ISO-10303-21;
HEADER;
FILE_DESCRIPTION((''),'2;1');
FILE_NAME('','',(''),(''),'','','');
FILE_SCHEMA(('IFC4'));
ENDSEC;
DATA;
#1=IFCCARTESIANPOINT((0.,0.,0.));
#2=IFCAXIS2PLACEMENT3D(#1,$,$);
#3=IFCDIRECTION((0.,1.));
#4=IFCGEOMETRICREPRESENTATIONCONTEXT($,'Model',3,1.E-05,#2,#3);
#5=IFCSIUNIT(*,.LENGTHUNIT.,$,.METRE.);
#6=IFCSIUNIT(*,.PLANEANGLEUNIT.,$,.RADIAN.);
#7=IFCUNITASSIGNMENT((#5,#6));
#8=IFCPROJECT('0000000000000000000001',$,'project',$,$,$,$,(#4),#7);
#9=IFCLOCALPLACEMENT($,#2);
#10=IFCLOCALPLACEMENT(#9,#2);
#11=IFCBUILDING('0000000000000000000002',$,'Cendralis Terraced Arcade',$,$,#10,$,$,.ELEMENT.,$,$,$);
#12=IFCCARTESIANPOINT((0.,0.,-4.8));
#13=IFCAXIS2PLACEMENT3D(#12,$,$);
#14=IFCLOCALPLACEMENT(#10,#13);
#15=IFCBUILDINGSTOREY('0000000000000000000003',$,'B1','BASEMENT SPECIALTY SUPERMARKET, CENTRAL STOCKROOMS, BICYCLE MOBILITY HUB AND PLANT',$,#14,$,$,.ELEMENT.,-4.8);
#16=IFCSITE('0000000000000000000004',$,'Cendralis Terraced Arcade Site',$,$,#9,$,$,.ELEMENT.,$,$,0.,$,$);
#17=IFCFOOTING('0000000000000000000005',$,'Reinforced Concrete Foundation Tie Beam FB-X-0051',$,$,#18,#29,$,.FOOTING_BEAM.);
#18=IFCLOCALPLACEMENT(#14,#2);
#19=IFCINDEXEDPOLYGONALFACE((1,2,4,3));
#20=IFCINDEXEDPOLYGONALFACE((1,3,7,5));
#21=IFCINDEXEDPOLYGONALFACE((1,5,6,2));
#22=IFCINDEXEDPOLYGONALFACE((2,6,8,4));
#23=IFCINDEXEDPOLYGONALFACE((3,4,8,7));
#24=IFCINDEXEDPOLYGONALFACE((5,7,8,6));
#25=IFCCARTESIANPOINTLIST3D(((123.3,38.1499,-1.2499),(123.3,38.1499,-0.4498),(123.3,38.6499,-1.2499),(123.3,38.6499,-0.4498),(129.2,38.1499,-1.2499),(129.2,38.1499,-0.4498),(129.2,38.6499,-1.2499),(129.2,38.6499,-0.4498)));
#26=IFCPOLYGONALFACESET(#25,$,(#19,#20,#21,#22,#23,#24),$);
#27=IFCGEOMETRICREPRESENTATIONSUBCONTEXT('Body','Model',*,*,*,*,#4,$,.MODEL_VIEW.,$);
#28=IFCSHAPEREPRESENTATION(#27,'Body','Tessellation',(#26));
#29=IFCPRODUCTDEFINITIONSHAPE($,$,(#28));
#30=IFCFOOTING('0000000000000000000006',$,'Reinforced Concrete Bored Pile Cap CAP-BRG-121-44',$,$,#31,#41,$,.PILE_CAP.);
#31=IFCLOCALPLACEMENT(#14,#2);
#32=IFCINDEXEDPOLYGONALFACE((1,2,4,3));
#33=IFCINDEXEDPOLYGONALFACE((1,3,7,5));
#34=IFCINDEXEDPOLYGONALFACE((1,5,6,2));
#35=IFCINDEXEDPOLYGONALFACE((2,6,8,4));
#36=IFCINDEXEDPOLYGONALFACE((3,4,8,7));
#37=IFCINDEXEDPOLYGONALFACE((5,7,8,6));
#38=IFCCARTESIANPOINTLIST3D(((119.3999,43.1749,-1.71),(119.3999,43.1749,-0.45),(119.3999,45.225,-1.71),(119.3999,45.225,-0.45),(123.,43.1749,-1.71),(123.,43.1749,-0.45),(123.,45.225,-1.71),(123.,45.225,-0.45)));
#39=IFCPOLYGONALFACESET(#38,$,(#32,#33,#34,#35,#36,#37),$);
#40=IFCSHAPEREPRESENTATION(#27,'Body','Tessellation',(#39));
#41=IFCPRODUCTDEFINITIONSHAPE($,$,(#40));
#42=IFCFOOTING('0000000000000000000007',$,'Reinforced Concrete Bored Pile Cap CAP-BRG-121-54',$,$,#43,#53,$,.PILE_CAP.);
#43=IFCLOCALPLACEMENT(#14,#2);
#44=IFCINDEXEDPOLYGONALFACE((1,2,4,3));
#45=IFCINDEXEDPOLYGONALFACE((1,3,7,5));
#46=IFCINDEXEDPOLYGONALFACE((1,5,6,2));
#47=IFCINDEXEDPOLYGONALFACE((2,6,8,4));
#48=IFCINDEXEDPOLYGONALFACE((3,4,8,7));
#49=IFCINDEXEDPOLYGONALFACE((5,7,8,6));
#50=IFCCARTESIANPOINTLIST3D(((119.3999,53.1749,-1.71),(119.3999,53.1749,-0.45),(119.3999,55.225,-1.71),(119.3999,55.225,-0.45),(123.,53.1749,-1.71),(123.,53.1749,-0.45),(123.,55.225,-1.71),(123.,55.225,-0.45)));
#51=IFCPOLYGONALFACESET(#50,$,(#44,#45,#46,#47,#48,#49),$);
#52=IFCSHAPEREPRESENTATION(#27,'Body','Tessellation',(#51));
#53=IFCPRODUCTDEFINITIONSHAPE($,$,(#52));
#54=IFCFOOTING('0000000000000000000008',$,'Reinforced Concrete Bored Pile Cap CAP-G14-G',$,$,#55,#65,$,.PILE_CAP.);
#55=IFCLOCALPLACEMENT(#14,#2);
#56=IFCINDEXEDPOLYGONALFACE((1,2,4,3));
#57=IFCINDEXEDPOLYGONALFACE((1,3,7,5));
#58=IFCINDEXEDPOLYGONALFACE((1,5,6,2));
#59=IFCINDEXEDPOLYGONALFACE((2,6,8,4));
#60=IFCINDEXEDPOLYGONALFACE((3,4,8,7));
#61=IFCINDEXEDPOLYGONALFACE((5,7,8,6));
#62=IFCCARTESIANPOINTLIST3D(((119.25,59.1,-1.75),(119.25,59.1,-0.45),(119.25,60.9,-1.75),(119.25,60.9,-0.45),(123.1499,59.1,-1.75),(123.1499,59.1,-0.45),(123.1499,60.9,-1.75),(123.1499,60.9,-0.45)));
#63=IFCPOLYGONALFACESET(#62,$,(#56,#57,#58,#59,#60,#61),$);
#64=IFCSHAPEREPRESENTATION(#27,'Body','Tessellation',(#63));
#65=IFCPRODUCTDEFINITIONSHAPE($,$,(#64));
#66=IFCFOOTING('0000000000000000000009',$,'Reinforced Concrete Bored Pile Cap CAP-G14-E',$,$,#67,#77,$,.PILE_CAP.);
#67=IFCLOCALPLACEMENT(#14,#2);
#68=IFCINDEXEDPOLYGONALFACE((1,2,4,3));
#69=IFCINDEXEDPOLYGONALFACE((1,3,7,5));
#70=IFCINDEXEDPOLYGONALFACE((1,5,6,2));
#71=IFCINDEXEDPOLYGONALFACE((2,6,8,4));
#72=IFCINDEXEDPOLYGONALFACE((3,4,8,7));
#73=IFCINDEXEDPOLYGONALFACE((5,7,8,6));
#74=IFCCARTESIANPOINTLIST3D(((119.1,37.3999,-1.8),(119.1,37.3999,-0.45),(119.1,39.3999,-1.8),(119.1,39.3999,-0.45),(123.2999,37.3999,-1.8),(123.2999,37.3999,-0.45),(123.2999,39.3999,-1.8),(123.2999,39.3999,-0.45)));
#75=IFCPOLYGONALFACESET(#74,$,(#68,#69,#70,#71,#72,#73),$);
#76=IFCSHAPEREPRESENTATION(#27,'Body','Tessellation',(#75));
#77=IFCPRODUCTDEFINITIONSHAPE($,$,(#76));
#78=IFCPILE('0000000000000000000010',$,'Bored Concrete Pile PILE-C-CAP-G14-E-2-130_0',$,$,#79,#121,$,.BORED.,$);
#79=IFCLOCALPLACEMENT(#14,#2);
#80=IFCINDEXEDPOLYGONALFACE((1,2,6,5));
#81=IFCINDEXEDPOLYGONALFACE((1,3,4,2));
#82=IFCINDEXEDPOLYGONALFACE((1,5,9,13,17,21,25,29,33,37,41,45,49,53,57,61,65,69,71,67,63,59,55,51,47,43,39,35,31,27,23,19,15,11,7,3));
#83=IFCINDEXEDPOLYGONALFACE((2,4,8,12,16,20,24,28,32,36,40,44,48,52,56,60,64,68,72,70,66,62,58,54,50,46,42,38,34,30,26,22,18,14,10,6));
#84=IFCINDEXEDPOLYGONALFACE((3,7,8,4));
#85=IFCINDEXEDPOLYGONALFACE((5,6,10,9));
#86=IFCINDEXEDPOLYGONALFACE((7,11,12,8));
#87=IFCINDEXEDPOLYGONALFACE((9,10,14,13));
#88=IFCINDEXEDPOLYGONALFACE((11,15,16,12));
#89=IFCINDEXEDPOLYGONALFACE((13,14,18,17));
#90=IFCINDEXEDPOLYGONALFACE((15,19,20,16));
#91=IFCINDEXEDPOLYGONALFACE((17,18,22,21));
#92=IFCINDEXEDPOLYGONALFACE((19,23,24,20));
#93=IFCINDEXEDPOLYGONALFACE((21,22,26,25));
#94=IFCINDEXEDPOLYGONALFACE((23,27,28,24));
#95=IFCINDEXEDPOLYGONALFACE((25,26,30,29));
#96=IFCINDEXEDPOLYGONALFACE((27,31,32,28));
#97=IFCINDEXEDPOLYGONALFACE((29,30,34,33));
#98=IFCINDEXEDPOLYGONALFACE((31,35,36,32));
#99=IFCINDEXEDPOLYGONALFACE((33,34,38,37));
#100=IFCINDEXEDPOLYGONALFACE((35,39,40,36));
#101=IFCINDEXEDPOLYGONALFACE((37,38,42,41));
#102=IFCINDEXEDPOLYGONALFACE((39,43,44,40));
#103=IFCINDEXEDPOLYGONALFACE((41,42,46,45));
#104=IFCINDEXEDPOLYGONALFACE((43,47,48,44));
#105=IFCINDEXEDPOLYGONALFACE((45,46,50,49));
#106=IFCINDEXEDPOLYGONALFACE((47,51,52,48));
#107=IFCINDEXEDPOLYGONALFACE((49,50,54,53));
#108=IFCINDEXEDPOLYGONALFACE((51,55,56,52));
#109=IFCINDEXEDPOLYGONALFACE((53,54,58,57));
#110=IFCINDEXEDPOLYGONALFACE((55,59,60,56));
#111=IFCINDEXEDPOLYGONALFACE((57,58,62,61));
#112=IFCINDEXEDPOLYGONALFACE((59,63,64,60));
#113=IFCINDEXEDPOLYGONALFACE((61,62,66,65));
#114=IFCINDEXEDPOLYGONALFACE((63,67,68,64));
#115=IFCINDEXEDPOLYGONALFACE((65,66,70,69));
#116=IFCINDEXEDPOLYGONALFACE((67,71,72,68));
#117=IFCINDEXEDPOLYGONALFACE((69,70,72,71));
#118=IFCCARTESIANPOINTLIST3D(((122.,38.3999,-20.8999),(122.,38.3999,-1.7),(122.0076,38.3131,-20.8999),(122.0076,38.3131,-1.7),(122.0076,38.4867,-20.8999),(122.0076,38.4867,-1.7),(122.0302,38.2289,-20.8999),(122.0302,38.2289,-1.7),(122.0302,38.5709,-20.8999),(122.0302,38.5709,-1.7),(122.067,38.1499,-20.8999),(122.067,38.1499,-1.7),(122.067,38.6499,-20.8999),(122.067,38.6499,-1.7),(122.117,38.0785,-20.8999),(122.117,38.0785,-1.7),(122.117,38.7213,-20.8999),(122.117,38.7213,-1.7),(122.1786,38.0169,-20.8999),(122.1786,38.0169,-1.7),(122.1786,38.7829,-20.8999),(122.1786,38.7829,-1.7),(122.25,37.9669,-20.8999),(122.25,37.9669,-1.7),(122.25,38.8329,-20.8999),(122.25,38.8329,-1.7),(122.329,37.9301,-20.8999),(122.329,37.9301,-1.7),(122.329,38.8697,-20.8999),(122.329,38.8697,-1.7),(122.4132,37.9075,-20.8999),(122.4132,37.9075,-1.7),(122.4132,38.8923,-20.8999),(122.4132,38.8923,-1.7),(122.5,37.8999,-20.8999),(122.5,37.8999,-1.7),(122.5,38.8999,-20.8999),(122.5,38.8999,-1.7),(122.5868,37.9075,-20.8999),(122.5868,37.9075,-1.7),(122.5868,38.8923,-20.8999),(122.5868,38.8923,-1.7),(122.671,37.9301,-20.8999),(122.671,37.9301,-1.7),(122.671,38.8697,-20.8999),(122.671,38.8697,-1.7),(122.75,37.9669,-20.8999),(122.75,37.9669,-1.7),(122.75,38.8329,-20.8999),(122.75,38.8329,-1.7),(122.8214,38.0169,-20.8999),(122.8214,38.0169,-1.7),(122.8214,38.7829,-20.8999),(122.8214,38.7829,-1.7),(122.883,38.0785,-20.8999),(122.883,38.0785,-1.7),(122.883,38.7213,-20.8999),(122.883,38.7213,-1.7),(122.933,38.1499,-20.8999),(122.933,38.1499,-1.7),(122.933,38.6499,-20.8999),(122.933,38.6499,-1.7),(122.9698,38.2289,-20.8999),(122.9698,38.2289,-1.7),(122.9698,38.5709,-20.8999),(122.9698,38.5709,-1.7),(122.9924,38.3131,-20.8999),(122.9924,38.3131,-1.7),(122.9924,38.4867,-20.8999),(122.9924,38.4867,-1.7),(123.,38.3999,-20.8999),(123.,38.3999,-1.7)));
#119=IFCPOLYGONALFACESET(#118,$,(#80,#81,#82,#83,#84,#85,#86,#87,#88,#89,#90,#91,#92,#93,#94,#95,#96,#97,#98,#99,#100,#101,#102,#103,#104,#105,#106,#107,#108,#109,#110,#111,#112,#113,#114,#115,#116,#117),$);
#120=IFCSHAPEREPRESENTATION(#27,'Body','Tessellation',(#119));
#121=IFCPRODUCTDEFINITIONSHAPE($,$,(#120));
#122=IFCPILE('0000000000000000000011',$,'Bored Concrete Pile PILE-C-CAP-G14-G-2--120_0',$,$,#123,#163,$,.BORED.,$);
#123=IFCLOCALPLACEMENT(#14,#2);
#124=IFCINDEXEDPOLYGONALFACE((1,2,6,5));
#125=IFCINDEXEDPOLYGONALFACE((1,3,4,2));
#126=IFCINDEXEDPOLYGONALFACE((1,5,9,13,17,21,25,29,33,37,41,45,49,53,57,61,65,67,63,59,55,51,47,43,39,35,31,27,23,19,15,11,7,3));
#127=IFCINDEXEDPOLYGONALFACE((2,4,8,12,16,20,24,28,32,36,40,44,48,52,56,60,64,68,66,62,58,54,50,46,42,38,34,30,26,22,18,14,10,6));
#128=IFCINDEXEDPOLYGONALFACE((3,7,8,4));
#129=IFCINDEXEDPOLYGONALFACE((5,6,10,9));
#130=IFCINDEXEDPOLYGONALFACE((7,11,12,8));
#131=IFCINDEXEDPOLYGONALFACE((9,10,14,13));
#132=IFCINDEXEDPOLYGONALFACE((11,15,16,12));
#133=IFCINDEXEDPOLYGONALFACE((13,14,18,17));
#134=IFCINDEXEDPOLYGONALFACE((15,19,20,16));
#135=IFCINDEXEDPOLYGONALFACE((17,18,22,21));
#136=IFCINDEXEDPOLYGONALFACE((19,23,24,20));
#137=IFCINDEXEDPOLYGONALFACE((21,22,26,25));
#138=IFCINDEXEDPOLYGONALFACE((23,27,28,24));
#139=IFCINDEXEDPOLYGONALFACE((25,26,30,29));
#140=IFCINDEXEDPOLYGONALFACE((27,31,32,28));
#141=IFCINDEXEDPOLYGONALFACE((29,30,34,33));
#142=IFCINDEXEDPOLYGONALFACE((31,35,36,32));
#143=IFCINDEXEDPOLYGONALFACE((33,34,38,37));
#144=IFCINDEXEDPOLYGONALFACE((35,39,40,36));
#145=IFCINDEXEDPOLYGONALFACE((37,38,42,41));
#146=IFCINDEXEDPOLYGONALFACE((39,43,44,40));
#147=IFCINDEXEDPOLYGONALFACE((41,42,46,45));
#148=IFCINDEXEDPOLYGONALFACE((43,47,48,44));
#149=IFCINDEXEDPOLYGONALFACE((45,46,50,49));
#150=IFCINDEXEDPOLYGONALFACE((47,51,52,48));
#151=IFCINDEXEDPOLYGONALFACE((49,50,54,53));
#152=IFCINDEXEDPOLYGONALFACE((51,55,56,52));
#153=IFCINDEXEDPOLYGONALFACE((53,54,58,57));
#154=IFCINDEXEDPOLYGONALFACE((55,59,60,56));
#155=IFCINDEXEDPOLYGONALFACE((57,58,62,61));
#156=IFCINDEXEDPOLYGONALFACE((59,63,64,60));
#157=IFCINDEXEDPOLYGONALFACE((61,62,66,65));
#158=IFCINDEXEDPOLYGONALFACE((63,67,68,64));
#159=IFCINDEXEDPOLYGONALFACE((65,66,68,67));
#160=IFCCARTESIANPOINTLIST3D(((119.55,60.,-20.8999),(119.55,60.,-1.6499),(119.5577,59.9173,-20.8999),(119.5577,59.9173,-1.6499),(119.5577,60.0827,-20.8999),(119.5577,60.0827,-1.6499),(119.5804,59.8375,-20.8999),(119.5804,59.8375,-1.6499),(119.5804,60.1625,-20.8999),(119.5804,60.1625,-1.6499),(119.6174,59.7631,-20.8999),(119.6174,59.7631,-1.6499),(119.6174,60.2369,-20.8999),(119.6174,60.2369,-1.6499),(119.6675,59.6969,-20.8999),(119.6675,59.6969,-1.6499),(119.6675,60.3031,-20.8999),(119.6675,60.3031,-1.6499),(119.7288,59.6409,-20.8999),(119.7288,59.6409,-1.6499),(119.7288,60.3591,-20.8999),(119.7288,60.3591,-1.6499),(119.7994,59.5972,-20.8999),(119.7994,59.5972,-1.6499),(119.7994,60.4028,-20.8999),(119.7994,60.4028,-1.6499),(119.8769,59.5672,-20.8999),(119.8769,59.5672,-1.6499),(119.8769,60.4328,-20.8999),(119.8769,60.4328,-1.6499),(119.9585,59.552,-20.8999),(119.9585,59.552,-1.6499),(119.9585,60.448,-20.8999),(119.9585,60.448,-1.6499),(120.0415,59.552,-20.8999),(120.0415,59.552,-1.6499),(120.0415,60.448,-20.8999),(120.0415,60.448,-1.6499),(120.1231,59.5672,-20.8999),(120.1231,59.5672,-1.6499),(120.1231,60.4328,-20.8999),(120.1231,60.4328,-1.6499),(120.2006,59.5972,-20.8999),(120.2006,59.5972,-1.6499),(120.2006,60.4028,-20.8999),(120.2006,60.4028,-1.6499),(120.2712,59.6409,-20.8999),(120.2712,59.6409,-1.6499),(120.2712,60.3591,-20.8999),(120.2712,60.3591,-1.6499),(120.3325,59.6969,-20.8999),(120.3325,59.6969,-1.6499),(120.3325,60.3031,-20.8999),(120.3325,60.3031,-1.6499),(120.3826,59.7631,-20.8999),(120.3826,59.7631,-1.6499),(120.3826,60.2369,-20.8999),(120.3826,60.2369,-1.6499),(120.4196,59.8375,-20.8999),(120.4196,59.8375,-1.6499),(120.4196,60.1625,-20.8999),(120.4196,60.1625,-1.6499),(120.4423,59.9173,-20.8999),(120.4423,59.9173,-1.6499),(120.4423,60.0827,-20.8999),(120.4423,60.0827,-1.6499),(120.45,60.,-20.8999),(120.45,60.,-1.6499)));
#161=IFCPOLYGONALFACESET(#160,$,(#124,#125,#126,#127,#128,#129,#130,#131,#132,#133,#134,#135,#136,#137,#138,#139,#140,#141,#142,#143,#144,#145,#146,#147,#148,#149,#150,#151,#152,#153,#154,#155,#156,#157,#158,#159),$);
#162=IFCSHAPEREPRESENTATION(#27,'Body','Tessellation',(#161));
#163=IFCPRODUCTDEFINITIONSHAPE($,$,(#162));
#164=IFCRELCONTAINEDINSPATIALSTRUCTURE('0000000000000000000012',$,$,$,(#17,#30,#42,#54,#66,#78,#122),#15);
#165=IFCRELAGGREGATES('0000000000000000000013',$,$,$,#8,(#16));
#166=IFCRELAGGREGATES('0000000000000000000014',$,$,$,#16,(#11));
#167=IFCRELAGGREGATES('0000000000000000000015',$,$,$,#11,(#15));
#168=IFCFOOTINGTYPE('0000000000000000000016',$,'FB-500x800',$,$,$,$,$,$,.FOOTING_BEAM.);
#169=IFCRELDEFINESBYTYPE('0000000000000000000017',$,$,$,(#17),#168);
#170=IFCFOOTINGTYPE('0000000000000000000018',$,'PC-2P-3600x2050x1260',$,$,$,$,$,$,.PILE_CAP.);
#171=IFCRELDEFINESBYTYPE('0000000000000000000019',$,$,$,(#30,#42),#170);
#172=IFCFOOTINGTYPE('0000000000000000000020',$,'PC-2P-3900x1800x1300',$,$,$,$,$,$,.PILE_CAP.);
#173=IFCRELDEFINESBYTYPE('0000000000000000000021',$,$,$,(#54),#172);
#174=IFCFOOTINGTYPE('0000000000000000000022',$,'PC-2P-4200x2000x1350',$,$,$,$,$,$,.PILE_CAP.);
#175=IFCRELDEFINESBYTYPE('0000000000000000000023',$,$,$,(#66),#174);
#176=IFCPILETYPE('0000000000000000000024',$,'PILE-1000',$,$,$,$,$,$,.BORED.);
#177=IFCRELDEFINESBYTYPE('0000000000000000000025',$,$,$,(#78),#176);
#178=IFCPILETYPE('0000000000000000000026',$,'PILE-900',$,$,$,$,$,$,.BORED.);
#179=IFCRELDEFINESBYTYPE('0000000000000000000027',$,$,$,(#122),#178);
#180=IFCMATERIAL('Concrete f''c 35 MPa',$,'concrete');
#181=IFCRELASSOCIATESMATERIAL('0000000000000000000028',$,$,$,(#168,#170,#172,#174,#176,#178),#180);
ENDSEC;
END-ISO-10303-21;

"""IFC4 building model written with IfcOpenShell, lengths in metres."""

from ifc_helpers import new_model, si_unit, direction, frame, origin, origin_2d, place, context, subcontext, project, spatial, rectangle, circle, extrude, material, material_profile, profile_set, type_object, element, save


model = new_model("IFC4")

# Units and contexts
model_context = context("Model", 3, precision=1e-05, world=origin(), true_north=direction((0.0, 1.0)))
body_context = subcontext(model_context, "Body", "Model", "MODEL_VIEW")
ifc_project = project(units=[si_unit("LENGTHUNIT", "METRE"), si_unit("PLANEANGLEUNIT", "RADIAN")], contexts=[model_context])

# Site, building, storey
site_placement = place(None, origin())
site = spatial("IfcSite", under=ifc_project, at=site_placement, Name="Cendralis Terraced Arcade Site", CompositionType="ELEMENT", RefElevation=0.0)
building_placement = place(site_placement, origin())
building = spatial("IfcBuilding", under=site, at=building_placement, Name="Cendralis Terraced Arcade", CompositionType="ELEMENT")
storey_placement = place(building_placement, frame((0.0, 0.0, -4.8)))
storey = spatial("IfcBuildingStorey", under=building, at=storey_placement, Name="B1", Description="BASEMENT SPECIALTY SUPERMARKET, CENTRAL STOCKROOMS, BICYCLE MOBILITY HUB AND PLANT", CompositionType="ELEMENT", Elevation=-4.8)

# Footings
ifc_material_1 = material(Name="Concrete f'c 35 MPa", Category="concrete")
ifc_material_profile_1 = material_profile(ifc_material_1, rectangle(XDim=0.5, YDim=0.8, at=origin_2d()), Name="FB-500x800", Category="LoadBearing")
ifc_profile_set_1 = profile_set([ifc_material_profile_1], Name="Concrete f'c 35 MPa")
footing_type_1 = type_object("IfcFootingType", Name="FB-500x800", PredefinedType="FOOTING_BEAM", material=ifc_profile_set_1)
footing_1_placement = place(storey_placement, frame((123.3, 38.3999, -0.8499), z_axis=(1.0, 0.0, 0.0), x_axis=(0.0, 1.0, 0.0)))
element("IfcFooting", 1, at=footing_1_placement, inside=storey, type_object=footing_type_1, Name="Reinforced Concrete Foundation Tie Beam FB-X-0051", PredefinedType="FOOTING_BEAM", context=body_context, shape_type="SweptSolid", body=[
    extrude(rectangle(XDim=0.5, YDim=0.8, at=origin_2d()), origin(), (0.0, 0.0, 1.0), 5.8999),
])
footing_type_2 = type_object("IfcFootingType", Name="PC-2P-3600x2050x1260", PredefinedType="PILE_CAP", material=ifc_material_1)
for number, where, z_axis, x_axis, name in (
    (2, (121.2, 44.2, -1.71), (0.0, 0.0, 1.0), (1.0, 0.0, 0.0), "Reinforced Concrete Bored Pile Cap CAP-BRG-121-44"),
    (3, (121.2, 54.2, -1.71), (0.0, 0.0, 1.0), (1.0, 0.0, 0.0), "Reinforced Concrete Bored Pile Cap CAP-BRG-121-54"),
):
    element("IfcFooting", number, at=place(storey_placement, frame(where, z_axis=z_axis, x_axis=x_axis)), inside=storey, type_object=footing_type_2, Name=name, PredefinedType="PILE_CAP", context=body_context, shape_type="SweptSolid", body=[
        extrude(rectangle(XDim=3.6001, YDim=2.05, at=origin_2d()), origin(), (0.0, 0.0, 1.0), 1.26),
    ])
footing_type_3 = type_object("IfcFootingType", Name="PC-2P-3900x1800x1300", PredefinedType="PILE_CAP", material=ifc_material_1)
footing_2_placement = place(storey_placement, frame((121.2, 60.0, -1.75), z_axis=(0.0, 0.0, 1.0), x_axis=(1.0, 0.0, 0.0)))
element("IfcFooting", 4, at=footing_2_placement, inside=storey, type_object=footing_type_3, Name="Reinforced Concrete Bored Pile Cap CAP-G14-G", PredefinedType="PILE_CAP", context=body_context, shape_type="SweptSolid", body=[
    extrude(rectangle(XDim=3.8999, YDim=1.8, at=origin_2d()), origin(), (0.0, 0.0, 1.0), 1.3),
])
footing_type_4 = type_object("IfcFootingType", Name="PC-2P-4200x2000x1350", PredefinedType="PILE_CAP", material=ifc_material_1)
footing_3_placement = place(storey_placement, frame((121.2, 38.3999, -1.8), z_axis=(0.0, 0.0, 1.0), x_axis=(1.0, 0.0, 0.0)))
element("IfcFooting", 5, at=footing_3_placement, inside=storey, type_object=footing_type_4, Name="Reinforced Concrete Bored Pile Cap CAP-G14-E", PredefinedType="PILE_CAP", context=body_context, shape_type="SweptSolid", body=[
    extrude(rectangle(XDim=4.2, YDim=2.0, at=origin_2d()), origin(), (0.0, 0.0, 1.0), 1.3501),
])

# Piles
ifc_material_profile_2 = material_profile(ifc_material_1, circle(Radius=0.5, at=origin_2d()), Name="PILE-D1000", Category="LoadBearing")
ifc_profile_set_2 = profile_set([ifc_material_profile_2], Name="Concrete f'c 35 MPa")
pile_type_1 = type_object("IfcPileType", Name="PILE-1000", PredefinedType="BORED", material=ifc_profile_set_2)
pile_1_placement = place(storey_placement, frame((122.5, 38.3999, -1.7), z_axis=(0.0, 0.0, -1.0), x_axis=(1.0, 0.0, 0.0)))
element("IfcPile", 6, at=pile_1_placement, inside=storey, type_object=pile_type_1, Name="Bored Concrete Pile PILE-C-CAP-G14-E-2-130_0", PredefinedType="BORED", context=body_context, shape_type="SweptSolid", body=[
    extrude(circle(Radius=0.5, at=origin_2d()), origin(), (0.0, 0.0, 1.0), 19.2),
])
ifc_material_profile_3 = material_profile(ifc_material_1, circle(Radius=0.45, at=origin_2d()), Name="PILE-D900", Category="LoadBearing")
ifc_profile_set_3 = profile_set([ifc_material_profile_3], Name="Concrete f'c 35 MPa")
pile_type_2 = type_object("IfcPileType", Name="PILE-900", PredefinedType="BORED", material=ifc_profile_set_3)
pile_2_placement = place(storey_placement, frame((120.0, 60.0, -1.6499), z_axis=(0.0, 0.0, -1.0), x_axis=(1.0, 0.0, 0.0)))
element("IfcPile", 7, at=pile_2_placement, inside=storey, type_object=pile_type_2, Name="Bored Concrete Pile PILE-C-CAP-G14-G-2--120_0", PredefinedType="BORED", context=body_context, shape_type="SweptSolid", body=[
    extrude(circle(Radius=0.45, at=origin_2d()), origin(), (0.0, 0.0, 1.0), 19.25),
])

save(model, "model.ifc")
